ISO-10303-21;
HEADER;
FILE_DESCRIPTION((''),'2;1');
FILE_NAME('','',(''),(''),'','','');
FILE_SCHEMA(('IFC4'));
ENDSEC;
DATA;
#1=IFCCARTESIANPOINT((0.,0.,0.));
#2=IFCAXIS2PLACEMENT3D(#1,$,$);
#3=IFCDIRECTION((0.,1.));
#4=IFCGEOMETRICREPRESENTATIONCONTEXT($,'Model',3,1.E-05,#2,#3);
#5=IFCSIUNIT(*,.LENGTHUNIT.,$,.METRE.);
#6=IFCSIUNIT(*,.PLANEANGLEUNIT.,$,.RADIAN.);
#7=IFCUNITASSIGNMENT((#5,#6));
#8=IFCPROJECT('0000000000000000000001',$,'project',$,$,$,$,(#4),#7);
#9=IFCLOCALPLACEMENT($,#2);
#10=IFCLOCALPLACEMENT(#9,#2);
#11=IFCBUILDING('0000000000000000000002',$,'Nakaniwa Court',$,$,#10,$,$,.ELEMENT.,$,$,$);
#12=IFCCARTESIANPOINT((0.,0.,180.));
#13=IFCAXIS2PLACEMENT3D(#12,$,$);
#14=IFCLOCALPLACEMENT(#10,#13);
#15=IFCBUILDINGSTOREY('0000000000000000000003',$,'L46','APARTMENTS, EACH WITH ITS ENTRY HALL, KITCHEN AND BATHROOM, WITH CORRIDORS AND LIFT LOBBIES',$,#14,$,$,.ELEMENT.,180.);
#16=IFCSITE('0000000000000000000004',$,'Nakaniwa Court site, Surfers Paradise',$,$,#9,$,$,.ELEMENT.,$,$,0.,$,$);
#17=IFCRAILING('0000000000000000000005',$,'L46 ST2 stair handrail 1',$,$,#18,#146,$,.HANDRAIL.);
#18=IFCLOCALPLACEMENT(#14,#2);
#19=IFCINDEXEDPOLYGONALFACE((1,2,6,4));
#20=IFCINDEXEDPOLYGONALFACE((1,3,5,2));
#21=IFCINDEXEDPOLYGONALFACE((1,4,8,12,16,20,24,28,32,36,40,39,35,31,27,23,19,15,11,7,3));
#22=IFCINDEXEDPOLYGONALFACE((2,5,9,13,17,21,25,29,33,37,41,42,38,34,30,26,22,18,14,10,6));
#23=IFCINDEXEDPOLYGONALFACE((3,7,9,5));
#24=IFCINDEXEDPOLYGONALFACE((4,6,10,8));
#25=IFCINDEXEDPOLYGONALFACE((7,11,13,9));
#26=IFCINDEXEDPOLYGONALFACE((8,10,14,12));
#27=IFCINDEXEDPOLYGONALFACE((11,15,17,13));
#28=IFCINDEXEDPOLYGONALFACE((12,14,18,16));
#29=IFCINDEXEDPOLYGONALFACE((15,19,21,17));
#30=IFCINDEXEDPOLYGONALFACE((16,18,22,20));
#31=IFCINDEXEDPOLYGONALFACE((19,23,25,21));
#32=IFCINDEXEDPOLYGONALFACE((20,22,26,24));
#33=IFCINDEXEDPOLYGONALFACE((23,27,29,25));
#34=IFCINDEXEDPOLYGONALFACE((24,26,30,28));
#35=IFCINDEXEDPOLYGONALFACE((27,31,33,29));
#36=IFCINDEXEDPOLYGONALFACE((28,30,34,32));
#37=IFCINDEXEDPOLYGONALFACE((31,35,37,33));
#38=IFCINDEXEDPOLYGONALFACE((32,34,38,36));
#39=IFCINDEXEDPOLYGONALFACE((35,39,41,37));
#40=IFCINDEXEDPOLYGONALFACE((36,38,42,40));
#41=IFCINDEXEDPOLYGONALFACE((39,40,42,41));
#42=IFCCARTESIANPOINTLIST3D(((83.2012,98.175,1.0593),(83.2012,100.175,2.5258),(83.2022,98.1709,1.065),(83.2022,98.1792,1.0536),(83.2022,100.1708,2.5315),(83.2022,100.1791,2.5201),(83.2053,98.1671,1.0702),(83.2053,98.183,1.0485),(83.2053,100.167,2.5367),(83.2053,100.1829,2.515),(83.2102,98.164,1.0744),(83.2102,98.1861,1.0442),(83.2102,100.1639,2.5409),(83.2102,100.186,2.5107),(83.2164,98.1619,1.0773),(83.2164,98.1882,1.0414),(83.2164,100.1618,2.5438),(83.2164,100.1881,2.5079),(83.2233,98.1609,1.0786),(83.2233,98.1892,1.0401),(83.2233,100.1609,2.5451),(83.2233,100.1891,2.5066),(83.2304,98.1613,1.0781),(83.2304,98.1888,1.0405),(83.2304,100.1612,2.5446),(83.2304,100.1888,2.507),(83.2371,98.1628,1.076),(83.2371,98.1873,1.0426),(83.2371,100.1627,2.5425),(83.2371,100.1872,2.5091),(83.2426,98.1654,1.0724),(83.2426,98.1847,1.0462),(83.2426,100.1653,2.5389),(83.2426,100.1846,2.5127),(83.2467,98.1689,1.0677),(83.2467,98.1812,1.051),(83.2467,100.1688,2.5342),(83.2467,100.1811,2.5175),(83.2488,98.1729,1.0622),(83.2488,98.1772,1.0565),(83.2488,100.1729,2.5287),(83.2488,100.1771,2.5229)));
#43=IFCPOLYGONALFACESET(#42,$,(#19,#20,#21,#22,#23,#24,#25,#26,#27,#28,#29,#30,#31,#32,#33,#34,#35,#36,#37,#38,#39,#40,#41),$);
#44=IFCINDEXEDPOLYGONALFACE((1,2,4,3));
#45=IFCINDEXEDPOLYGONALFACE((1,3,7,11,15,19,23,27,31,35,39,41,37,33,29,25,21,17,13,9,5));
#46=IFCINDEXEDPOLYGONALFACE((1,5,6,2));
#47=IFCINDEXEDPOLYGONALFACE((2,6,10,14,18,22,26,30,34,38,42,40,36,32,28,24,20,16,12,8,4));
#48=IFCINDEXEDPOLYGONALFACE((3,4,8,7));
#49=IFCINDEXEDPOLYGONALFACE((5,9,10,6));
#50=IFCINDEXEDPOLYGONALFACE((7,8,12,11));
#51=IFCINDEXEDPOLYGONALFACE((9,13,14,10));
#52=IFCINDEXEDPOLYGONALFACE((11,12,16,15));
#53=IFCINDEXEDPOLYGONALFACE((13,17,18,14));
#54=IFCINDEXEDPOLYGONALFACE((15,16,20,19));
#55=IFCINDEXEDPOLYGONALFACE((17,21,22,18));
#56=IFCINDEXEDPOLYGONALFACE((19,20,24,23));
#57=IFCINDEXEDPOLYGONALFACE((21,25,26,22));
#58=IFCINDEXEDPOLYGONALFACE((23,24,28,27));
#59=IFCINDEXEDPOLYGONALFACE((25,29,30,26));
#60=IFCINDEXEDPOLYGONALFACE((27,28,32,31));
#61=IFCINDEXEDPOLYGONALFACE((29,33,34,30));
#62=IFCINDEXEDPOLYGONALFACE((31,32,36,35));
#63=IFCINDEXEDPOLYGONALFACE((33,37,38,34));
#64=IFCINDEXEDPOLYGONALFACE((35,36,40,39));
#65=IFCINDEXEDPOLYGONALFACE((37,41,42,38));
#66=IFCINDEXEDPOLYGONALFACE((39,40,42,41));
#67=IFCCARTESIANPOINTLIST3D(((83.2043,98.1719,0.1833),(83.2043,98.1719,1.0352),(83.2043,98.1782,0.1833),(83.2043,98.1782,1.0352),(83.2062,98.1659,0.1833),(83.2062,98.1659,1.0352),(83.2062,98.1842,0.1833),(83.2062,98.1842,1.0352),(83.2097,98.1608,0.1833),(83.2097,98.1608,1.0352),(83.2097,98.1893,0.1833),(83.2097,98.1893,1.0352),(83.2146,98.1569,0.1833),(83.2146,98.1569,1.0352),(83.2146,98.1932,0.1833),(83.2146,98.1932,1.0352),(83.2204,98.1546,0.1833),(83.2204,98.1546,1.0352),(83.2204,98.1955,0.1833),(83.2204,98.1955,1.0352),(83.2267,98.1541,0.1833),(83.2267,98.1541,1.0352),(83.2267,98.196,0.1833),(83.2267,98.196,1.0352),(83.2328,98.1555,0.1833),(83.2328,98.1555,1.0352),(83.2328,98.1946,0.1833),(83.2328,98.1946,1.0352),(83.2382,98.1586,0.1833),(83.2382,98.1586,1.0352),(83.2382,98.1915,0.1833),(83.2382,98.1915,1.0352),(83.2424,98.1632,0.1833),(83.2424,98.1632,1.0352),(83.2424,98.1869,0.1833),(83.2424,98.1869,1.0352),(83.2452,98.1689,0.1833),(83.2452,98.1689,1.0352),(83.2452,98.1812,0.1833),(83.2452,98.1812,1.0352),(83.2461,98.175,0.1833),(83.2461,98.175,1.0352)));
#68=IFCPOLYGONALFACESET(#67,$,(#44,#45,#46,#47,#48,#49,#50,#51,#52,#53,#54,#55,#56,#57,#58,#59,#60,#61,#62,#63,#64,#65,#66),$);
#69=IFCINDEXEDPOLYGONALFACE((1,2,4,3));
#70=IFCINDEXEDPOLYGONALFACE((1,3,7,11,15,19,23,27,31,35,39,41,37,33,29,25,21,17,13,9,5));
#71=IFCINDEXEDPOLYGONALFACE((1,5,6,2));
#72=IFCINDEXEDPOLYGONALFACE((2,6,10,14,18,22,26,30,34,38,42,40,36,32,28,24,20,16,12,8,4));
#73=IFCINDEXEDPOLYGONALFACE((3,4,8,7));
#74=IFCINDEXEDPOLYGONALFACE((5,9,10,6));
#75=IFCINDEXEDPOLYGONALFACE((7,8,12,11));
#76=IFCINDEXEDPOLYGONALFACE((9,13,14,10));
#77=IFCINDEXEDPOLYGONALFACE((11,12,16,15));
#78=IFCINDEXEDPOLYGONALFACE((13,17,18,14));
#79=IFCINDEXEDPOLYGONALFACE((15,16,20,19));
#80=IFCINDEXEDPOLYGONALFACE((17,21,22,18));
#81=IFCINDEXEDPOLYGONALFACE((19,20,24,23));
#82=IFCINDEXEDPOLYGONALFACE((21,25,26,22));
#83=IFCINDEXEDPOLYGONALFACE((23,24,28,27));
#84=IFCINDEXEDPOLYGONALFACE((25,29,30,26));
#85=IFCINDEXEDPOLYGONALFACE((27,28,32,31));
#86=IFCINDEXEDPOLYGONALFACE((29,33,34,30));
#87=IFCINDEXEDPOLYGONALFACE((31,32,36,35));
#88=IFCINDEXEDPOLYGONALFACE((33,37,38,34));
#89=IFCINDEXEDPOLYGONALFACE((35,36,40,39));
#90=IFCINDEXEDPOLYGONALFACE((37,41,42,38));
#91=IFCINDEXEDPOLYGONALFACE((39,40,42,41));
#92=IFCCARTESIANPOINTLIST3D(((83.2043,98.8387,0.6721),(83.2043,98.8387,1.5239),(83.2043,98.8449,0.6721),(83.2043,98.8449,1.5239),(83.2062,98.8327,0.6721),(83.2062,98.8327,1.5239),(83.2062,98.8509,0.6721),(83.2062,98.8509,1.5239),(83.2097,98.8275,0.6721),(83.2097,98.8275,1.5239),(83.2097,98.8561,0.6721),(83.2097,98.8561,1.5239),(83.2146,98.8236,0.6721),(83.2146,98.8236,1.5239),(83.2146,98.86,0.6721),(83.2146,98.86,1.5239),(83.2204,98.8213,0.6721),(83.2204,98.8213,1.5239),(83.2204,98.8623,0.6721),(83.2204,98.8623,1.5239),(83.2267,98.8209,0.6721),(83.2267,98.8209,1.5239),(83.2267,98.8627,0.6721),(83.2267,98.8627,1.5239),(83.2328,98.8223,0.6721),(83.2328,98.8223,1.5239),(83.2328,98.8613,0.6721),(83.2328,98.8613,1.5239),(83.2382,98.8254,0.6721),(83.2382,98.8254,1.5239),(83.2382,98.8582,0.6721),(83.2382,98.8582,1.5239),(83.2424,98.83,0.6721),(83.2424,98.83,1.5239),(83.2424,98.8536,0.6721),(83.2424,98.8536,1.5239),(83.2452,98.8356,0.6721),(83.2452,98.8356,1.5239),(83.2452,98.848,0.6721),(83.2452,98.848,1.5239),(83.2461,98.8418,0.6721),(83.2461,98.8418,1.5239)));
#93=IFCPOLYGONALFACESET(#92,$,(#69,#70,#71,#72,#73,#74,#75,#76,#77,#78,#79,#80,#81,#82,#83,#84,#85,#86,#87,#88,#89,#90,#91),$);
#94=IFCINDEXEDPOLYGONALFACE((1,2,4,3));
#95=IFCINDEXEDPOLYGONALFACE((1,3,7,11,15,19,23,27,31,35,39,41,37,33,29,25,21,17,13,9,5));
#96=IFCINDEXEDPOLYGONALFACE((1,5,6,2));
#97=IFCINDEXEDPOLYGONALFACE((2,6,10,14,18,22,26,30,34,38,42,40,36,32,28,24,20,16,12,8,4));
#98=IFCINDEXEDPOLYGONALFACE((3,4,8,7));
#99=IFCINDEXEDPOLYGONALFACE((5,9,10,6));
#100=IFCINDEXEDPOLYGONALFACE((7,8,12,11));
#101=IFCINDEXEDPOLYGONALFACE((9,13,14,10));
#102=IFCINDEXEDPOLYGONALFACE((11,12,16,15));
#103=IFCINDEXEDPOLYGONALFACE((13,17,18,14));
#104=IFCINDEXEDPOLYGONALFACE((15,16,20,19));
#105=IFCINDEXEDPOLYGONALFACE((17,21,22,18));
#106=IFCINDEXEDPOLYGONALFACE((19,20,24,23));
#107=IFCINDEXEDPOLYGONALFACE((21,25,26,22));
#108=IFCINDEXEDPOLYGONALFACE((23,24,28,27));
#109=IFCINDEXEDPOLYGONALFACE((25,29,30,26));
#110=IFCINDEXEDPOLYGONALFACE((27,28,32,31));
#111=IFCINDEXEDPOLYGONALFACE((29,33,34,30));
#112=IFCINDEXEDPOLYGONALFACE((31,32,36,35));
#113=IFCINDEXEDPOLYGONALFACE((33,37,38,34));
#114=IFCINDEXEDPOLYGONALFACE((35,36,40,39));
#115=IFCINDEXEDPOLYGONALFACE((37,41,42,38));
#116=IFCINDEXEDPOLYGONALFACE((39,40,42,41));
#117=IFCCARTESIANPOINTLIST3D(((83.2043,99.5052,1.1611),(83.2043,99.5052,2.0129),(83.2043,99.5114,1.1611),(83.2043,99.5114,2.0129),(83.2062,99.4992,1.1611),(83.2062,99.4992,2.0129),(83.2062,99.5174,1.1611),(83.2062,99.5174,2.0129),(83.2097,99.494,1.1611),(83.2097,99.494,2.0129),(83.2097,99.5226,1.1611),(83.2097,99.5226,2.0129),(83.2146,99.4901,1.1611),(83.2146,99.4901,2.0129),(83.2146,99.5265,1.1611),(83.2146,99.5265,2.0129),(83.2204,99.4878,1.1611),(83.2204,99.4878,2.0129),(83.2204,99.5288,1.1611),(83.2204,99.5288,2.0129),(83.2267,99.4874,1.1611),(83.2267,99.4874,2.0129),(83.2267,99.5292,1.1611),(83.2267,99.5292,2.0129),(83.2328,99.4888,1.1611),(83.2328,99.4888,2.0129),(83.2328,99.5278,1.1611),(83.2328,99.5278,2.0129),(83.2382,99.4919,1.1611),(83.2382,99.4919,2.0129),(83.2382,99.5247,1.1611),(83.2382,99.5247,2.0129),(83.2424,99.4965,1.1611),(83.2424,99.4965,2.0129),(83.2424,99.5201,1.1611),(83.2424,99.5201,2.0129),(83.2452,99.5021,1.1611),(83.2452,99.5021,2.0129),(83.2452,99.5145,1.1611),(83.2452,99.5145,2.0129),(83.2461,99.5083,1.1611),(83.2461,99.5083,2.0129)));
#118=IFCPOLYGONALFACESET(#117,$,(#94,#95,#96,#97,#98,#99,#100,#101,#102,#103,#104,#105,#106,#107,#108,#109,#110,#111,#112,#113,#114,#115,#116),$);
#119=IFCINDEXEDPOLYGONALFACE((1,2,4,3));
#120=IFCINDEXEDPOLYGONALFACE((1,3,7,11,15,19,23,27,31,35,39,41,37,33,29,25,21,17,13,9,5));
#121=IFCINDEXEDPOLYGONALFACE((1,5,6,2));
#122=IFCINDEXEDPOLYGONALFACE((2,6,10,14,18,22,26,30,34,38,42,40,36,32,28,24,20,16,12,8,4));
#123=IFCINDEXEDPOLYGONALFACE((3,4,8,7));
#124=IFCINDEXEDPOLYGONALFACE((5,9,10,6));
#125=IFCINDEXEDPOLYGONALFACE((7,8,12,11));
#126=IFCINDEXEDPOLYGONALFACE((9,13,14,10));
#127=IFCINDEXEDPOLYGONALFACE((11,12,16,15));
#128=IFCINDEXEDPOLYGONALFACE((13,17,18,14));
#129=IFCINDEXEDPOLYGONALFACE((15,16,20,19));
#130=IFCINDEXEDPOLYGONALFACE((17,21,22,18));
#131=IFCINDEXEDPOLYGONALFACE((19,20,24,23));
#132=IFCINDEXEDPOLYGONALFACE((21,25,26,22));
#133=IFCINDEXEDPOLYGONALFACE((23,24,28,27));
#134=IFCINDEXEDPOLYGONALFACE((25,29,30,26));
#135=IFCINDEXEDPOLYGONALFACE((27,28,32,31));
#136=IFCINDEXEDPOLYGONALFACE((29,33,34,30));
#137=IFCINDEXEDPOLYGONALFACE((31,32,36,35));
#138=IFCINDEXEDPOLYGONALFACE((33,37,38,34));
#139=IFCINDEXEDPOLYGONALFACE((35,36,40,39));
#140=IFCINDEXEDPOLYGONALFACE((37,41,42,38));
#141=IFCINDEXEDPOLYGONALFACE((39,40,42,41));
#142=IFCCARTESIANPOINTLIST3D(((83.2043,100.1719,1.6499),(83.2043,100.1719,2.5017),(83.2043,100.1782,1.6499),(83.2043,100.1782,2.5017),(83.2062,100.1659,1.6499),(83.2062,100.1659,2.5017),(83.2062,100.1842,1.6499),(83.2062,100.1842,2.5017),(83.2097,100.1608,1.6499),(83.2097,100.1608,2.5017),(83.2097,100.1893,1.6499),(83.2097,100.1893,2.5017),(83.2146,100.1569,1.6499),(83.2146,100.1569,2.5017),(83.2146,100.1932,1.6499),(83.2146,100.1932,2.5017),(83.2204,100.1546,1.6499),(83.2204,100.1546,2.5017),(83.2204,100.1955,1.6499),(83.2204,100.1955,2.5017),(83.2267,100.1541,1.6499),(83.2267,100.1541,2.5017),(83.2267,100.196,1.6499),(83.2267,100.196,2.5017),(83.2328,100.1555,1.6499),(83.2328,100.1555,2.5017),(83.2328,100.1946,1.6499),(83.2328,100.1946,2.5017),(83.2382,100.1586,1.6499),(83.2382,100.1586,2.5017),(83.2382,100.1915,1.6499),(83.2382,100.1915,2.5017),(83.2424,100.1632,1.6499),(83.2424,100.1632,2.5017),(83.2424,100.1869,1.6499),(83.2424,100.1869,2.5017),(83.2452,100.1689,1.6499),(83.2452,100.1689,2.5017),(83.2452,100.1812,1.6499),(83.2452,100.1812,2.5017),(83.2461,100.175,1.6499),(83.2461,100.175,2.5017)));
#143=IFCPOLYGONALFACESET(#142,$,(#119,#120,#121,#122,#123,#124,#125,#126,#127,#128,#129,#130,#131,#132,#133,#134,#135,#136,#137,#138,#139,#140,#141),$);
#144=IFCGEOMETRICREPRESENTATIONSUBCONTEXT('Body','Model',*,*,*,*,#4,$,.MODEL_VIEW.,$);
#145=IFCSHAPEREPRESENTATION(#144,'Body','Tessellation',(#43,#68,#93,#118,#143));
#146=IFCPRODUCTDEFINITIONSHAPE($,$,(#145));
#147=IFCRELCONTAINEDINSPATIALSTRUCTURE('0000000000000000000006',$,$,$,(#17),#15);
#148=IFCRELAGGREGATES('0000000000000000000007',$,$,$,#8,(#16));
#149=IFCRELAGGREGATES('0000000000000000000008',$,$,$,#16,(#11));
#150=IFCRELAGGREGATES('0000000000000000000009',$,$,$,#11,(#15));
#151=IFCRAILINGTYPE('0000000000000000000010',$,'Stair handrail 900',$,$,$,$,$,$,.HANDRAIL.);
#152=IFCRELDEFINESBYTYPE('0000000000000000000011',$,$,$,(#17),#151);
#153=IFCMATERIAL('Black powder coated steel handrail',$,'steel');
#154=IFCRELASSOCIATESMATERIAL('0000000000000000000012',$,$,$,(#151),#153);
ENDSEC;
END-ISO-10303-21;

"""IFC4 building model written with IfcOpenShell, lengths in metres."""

from ifc_helpers import new_model, si_unit, direction, frame, origin, origin_2d, place, context, subcontext, project, spatial, circle, extrude, material, type_object, element, save


model = new_model("IFC4")

# Units and contexts
model_context = context("Model", 3, precision=1e-05, world=origin(), true_north=direction((0.0, 1.0)))
body_context = subcontext(model_context, "Body", "Model", "MODEL_VIEW")
ifc_project = project(units=[si_unit("LENGTHUNIT", "METRE"), si_unit("PLANEANGLEUNIT", "RADIAN")], contexts=[model_context])

# Site, building, storey
site_placement = place(None, origin())
site = spatial("IfcSite", under=ifc_project, at=site_placement, Name="Nakaniwa Court site, Surfers Paradise", CompositionType="ELEMENT", RefElevation=0.0)
building_placement = place(site_placement, origin())
building = spatial("IfcBuilding", under=site, at=building_placement, Name="Nakaniwa Court", CompositionType="ELEMENT")
storey_placement = place(building_placement, frame((0.0, 0.0, 180.0)))
storey = spatial("IfcBuildingStorey", under=building, at=storey_placement, Name="L46", Description="APARTMENTS, EACH WITH ITS ENTRY HALL, KITCHEN AND BATHROOM, WITH CORRIDORS AND LIFT LOBBIES", CompositionType="ELEMENT", Elevation=180.0)

# Railing
ifc_material_1 = material(Name="Black powder coated steel handrail", Category="steel")
railing_type_1 = type_object("IfcRailingType", Name="Stair handrail 900", PredefinedType="HANDRAIL", material=ifc_material_1)
railing_1_placement = place(storey_placement, frame((83.2251, 98.175, 0.1833)))
element("IfcRailing", 1, at=railing_1_placement, inside=storey, type_object=railing_type_1, Name="L46 ST2 stair handrail 1", PredefinedType="HANDRAIL", context=body_context, shape_type="SweptSolid", body=[
    extrude(circle(Radius=0.0239, at=origin_2d()), frame((0.0, 0.0, 0.876), z_axis=(0.0, 0.806427, 0.591334), x_axis=(-1.0, 0.0, 0.0)), (0.0, 0.0, 1.0), 2.48),
    extrude(circle(Radius=0.021, at=origin_2d()), origin(), (0.0, 0.0, 1.0), 0.8518),
    extrude(circle(Radius=0.021, at=origin_2d()), frame((0.0, 0.6667, 0.4888)), (0.0, 0.0, 1.0), 0.8518),
    extrude(circle(Radius=0.021, at=origin_2d()), frame((0.0, 1.3333, 0.9778)), (0.0, 0.0, 1.0), 0.8518),
    extrude(circle(Radius=0.021, at=origin_2d()), frame((0.0, 2.0, 1.4666)), (0.0, 0.0, 1.0), 0.8518),
])

save(model, "model.ifc")
